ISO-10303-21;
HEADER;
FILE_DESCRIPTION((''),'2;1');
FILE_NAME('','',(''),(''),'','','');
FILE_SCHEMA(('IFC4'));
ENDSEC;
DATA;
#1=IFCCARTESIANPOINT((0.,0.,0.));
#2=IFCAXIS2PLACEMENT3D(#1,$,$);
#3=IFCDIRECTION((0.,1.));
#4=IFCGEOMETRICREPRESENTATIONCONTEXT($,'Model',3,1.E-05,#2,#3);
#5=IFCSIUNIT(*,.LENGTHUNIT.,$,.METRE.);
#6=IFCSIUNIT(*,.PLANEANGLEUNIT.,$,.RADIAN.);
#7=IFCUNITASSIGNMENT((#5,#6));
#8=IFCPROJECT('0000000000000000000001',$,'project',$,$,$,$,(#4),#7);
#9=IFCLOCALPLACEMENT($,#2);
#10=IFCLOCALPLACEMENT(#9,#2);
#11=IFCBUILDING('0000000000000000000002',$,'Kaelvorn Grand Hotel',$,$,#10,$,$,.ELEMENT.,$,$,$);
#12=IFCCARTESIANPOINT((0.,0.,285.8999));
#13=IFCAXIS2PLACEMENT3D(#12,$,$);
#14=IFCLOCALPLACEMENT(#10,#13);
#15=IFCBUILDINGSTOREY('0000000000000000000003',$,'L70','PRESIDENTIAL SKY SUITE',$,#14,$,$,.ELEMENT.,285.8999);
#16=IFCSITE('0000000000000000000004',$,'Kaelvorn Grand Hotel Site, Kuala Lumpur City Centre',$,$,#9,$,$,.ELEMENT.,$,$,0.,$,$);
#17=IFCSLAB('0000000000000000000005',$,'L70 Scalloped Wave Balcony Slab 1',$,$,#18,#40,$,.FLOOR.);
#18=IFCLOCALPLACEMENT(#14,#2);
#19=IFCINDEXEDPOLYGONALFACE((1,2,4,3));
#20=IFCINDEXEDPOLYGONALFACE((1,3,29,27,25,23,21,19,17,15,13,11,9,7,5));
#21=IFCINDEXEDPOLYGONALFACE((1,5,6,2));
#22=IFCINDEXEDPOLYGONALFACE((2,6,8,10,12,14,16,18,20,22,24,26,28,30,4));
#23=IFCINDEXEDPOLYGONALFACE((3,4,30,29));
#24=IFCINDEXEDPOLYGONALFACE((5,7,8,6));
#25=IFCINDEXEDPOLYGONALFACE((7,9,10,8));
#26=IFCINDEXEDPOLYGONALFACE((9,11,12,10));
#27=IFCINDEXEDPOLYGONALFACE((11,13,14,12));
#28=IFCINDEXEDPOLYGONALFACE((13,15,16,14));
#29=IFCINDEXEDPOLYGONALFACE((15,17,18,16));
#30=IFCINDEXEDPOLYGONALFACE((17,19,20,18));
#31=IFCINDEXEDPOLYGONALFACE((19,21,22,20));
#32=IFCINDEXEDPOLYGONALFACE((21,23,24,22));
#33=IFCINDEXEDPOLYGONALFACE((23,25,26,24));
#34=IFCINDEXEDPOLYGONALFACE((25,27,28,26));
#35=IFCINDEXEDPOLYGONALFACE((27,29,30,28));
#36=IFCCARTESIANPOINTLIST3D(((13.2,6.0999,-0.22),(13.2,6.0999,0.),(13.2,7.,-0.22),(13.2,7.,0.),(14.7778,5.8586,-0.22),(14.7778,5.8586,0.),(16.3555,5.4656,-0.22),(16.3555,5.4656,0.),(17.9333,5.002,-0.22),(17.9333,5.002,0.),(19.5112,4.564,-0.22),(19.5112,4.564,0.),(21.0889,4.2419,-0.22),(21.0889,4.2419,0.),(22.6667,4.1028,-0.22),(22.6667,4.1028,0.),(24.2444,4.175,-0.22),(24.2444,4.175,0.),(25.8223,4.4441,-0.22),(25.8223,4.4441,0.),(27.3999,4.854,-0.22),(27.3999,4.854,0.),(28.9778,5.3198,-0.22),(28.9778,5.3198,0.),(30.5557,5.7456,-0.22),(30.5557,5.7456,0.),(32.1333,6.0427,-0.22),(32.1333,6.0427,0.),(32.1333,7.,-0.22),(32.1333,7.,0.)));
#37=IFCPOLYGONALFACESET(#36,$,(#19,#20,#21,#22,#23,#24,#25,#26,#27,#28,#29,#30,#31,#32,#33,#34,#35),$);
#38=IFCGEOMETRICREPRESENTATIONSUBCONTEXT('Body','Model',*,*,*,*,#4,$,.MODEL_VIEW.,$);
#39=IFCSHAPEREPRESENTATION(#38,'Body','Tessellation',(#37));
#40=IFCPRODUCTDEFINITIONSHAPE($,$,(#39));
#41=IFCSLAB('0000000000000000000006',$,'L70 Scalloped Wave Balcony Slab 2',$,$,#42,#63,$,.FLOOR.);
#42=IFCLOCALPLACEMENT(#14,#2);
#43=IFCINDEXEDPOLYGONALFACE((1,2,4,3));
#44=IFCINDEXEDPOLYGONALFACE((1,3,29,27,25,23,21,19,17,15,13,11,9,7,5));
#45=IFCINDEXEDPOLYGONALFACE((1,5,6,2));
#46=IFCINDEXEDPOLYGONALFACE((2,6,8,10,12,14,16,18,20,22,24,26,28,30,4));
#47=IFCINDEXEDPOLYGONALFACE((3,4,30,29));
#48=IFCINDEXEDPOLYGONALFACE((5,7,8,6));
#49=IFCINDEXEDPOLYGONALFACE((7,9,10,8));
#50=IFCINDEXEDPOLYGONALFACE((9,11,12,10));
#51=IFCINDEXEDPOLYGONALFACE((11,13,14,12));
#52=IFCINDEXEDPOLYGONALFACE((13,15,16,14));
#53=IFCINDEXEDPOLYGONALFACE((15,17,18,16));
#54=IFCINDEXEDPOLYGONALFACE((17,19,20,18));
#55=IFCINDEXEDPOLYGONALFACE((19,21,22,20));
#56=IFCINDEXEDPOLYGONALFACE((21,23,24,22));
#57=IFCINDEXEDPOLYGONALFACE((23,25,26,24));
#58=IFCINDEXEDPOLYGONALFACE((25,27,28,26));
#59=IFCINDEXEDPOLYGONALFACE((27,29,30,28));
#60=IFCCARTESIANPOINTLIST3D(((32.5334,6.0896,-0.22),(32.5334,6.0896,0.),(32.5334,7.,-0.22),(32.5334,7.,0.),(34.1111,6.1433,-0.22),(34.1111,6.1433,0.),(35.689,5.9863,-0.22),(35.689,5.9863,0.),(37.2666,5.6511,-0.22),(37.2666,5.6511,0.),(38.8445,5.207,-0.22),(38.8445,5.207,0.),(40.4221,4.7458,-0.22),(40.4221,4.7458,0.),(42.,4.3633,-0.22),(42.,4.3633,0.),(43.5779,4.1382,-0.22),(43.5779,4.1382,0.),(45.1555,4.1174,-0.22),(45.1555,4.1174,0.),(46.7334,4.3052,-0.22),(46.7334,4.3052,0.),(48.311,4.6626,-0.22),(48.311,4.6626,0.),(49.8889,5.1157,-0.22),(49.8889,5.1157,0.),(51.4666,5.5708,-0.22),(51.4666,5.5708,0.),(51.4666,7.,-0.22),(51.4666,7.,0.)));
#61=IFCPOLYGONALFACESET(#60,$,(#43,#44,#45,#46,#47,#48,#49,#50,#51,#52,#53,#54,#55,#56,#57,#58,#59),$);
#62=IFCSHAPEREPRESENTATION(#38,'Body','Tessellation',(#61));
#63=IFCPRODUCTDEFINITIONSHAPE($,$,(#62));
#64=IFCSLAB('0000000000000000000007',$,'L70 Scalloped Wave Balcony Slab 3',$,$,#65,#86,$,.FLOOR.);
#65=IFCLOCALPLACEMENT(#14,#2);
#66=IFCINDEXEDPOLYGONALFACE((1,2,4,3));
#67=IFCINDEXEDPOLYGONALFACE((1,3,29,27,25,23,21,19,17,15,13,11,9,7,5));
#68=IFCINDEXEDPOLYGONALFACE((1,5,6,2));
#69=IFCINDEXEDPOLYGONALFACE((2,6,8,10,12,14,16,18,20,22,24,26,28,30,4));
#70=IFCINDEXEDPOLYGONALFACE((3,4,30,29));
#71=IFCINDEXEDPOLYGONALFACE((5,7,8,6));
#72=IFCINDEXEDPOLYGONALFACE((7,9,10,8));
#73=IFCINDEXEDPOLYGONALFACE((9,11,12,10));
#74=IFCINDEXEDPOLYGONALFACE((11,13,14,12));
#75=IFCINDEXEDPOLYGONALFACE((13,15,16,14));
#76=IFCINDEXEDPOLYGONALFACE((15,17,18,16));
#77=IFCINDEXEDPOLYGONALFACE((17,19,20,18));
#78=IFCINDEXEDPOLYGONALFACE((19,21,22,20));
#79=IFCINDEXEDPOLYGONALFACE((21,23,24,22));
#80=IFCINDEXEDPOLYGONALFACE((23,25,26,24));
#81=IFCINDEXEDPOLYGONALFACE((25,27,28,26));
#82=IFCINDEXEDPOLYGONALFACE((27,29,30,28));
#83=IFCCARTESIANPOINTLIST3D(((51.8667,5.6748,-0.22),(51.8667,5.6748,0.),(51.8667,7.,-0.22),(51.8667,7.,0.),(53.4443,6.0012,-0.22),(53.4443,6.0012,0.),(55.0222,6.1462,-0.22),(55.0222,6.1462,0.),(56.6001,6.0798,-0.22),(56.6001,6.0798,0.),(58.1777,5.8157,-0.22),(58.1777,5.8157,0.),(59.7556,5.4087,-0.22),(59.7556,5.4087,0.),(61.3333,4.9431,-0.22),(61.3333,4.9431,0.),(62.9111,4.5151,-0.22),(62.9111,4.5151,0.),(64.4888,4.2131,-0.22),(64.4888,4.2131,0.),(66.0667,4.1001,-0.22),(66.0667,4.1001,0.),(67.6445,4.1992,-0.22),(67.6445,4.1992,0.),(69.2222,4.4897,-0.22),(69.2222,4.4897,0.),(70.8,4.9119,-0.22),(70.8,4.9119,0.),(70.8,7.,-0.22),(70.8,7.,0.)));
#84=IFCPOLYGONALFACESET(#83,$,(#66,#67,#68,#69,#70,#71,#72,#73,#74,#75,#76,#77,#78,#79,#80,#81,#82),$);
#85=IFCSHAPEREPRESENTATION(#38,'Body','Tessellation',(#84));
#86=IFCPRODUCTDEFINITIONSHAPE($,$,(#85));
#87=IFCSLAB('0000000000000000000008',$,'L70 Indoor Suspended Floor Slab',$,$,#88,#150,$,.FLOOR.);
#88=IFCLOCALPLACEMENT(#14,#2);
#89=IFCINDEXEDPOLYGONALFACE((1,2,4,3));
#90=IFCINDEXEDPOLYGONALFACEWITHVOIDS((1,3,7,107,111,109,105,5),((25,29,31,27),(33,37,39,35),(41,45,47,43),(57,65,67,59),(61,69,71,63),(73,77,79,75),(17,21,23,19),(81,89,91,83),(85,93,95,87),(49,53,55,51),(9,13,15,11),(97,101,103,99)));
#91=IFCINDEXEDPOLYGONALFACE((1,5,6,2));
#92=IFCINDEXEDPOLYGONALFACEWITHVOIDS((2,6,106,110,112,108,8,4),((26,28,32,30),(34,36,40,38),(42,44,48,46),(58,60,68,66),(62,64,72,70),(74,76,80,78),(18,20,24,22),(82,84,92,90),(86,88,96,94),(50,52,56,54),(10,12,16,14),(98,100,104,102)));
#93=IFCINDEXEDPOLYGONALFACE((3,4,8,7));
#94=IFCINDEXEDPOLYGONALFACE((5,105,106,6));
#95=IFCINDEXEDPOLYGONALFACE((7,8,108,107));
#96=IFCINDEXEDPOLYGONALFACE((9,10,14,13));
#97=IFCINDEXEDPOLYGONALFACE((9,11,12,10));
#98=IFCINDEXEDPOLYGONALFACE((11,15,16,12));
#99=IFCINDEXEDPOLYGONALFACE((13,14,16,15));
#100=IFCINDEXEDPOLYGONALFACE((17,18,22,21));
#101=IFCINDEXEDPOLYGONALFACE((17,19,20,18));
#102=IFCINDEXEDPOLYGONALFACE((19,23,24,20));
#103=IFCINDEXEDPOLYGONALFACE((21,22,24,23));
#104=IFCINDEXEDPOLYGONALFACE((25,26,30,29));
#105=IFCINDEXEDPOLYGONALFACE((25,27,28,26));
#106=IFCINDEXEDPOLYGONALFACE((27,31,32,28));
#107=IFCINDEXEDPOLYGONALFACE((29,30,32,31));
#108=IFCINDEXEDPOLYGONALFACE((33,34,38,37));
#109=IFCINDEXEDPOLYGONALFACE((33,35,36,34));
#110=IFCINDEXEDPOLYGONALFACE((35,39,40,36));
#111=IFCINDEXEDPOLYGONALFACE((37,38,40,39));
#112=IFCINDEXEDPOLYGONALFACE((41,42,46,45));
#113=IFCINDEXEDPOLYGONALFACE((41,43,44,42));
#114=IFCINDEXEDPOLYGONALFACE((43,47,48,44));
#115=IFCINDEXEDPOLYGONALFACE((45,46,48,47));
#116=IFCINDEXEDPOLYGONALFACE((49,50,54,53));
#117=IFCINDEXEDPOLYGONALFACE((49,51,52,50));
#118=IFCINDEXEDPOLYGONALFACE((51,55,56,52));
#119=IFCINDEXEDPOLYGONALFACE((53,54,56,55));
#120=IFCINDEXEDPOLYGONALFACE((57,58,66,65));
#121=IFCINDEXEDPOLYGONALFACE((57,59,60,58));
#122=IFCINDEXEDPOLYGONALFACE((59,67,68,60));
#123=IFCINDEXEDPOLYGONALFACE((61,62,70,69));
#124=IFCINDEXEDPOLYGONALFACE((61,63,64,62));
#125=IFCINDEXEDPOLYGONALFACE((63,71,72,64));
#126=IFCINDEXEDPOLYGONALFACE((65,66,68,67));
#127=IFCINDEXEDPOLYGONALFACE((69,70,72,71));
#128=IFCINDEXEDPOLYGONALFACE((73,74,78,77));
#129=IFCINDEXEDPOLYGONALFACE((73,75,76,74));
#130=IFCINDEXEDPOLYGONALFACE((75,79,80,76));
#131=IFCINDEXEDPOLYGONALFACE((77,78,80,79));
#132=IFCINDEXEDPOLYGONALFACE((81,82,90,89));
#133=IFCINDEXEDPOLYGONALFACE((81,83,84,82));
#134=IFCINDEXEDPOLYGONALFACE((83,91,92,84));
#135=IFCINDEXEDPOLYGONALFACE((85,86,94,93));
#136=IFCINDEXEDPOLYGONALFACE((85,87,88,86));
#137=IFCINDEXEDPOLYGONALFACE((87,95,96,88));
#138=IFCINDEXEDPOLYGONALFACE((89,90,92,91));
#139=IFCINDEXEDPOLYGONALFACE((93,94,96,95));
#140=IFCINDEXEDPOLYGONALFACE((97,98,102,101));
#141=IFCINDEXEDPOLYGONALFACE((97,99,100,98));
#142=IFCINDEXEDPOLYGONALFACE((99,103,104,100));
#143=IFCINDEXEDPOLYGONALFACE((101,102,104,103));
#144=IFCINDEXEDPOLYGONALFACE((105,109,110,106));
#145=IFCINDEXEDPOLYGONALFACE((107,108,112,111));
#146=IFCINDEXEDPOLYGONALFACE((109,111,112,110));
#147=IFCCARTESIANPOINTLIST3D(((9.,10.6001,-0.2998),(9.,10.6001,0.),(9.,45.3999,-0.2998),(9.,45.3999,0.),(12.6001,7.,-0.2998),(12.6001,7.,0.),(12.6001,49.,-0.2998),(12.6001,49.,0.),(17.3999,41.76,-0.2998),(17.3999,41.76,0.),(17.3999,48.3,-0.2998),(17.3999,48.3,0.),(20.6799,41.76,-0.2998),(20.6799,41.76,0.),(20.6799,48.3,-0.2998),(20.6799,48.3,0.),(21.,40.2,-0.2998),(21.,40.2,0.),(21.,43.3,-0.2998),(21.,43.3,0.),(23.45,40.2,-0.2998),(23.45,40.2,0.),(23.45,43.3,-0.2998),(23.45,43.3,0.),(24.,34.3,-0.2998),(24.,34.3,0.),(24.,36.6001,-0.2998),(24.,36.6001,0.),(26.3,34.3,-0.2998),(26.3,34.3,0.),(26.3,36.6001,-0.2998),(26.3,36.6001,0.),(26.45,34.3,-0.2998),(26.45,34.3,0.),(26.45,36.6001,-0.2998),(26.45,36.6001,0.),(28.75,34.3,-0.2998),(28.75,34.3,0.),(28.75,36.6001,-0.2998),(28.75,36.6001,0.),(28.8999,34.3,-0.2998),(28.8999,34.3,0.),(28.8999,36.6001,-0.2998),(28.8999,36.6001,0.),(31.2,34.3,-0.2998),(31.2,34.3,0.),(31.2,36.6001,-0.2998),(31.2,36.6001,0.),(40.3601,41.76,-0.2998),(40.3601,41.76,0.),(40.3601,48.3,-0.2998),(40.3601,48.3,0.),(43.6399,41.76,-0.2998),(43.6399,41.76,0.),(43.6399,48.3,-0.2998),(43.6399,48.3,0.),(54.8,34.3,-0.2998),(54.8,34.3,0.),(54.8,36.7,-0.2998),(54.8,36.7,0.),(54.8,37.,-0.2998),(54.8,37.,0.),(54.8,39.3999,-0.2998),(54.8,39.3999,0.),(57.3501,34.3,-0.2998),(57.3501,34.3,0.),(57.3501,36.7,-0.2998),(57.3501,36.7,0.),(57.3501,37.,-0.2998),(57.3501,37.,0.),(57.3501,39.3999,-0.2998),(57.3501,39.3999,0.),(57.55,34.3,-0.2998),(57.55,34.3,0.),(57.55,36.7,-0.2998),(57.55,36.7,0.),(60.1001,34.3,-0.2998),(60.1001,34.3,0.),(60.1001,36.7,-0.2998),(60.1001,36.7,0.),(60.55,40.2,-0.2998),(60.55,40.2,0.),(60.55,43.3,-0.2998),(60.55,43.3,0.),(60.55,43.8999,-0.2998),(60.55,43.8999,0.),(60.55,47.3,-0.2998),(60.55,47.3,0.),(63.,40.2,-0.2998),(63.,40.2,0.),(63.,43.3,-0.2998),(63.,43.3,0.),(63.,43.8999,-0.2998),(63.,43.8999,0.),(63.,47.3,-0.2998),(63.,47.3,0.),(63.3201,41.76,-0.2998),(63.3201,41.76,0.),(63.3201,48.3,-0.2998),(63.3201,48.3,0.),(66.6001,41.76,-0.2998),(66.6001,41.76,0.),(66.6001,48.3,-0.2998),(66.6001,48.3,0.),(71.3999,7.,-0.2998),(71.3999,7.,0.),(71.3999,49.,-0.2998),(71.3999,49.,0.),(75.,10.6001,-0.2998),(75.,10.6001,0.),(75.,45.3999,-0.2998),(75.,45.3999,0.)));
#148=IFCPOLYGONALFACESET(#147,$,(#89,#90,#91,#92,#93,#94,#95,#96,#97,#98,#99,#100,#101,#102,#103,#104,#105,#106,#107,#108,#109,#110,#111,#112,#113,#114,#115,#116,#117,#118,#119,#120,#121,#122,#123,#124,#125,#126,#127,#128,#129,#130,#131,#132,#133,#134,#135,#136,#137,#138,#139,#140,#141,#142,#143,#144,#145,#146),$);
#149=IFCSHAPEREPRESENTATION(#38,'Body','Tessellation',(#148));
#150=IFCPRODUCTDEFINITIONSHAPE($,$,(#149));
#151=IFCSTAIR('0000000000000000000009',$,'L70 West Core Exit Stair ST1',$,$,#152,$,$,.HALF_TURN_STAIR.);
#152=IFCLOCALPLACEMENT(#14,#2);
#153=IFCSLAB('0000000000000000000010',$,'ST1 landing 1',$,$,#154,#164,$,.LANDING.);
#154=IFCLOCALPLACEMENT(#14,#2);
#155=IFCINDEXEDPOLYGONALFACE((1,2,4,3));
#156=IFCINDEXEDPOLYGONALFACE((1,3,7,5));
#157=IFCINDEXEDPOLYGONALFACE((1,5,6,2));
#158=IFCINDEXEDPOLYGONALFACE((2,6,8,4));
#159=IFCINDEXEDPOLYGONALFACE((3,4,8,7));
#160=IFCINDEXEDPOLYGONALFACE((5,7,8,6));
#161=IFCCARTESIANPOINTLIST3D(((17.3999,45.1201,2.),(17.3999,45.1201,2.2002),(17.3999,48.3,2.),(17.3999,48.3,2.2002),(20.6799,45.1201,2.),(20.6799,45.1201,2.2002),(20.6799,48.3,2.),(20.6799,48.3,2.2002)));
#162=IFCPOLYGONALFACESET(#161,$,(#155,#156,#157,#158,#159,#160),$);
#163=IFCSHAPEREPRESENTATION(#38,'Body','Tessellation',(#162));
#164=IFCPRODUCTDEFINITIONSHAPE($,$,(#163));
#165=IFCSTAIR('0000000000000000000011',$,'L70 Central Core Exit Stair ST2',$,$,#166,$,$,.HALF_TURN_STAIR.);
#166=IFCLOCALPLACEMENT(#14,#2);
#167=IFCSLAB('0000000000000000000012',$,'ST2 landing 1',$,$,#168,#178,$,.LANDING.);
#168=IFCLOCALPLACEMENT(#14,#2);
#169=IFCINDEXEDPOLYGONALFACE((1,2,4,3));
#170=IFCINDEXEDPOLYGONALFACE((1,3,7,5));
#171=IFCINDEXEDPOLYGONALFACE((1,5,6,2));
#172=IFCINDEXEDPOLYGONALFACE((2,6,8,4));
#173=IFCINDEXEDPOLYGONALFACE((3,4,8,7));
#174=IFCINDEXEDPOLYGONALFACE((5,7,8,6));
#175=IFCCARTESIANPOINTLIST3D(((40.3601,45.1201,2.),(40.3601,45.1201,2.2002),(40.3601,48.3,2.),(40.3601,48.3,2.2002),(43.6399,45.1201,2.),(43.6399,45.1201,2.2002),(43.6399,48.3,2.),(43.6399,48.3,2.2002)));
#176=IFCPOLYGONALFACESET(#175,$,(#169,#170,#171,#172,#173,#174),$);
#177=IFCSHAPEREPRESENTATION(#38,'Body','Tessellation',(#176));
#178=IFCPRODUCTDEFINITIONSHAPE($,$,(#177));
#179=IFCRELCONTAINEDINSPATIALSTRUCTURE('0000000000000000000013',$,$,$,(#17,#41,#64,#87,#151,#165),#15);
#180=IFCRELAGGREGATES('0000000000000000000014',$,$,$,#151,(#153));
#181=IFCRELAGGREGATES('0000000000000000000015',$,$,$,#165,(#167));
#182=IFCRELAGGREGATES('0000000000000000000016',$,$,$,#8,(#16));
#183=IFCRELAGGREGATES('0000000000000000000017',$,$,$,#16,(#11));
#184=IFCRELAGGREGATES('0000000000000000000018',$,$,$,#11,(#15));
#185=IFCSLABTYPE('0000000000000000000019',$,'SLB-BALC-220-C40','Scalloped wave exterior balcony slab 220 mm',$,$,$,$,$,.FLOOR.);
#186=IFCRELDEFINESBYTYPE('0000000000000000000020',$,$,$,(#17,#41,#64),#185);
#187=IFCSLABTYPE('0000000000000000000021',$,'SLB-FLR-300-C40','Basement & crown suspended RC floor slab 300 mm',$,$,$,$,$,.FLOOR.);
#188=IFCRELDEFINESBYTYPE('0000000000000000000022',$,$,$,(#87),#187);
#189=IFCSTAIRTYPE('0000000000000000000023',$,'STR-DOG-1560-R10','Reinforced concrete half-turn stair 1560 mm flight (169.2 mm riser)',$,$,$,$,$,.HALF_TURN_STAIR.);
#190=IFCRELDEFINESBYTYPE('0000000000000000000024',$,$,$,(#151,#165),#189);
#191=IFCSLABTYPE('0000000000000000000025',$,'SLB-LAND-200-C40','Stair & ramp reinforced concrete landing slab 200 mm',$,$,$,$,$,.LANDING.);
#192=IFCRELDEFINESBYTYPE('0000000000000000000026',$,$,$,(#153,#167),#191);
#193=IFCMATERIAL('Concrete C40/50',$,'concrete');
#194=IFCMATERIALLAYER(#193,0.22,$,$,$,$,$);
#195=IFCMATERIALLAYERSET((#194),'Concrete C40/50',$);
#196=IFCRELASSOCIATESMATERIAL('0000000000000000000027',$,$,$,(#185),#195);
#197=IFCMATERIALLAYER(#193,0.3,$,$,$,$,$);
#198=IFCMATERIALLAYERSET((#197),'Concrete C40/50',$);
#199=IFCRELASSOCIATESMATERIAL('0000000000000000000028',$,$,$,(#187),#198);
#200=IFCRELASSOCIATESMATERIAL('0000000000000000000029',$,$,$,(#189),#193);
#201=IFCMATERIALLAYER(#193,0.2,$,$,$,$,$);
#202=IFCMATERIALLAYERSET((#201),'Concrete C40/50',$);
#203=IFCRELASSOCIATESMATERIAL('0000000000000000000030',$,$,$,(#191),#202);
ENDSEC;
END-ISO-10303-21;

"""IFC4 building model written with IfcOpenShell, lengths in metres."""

from ifc_helpers import new_model, si_unit, direction, frame, origin, place, context, subcontext, project, spatial, polyline, outline, extrude, material, layer, layer_set, type_object, element, aggregate, save


model = new_model("IFC4")

# Units and contexts
model_context = context("Model", 3, precision=1e-05, world=origin(), true_north=direction((0.0, 1.0)))
body_context = subcontext(model_context, "Body", "Model", "MODEL_VIEW")
ifc_project = project(units=[si_unit("LENGTHUNIT", "METRE"), si_unit("PLANEANGLEUNIT", "RADIAN")], contexts=[model_context])

# Site, building, storey
site_placement = place(None, origin())
site = spatial("IfcSite", under=ifc_project, at=site_placement, Name="Kaelvorn Grand Hotel Site, Kuala Lumpur City Centre", CompositionType="ELEMENT", RefElevation=0.0)
building_placement = place(site_placement, origin())
building = spatial("IfcBuilding", under=site, at=building_placement, Name="Kaelvorn Grand Hotel", CompositionType="ELEMENT")
storey_placement = place(building_placement, frame((0.0, 0.0, 285.8999)))
storey = spatial("IfcBuildingStorey", under=building, at=storey_placement, Name="L70", Description="PRESIDENTIAL SKY SUITE", CompositionType="ELEMENT", Elevation=285.8999)

# Slabs
ifc_material_1 = material(Name="Concrete C40/50", Category="concrete")
ifc_layer_1 = layer(ifc_material_1, 0.22)
ifc_layer_set_1 = layer_set([ifc_layer_1], Name="Concrete C40/50")
slab_type_1 = type_object("IfcSlabType", Name="SLB-BALC-220-C40", Description="Scalloped wave exterior balcony slab 220 mm", PredefinedType="FLOOR", material=ifc_layer_set_1)
slab_1_placement = place(storey_placement, frame((0.0, 0.0, -0.22)))
element("IfcSlab", 1, at=slab_1_placement, inside=storey, type_object=slab_type_1, Name="L70 Scalloped Wave Balcony Slab 1", PredefinedType="FLOOR", context=body_context, shape_type="SweptSolid", body=[
    extrude(outline(polyline([(13.2, 6.0999), (14.7778, 5.8586), (16.3555, 5.4656), (17.9333, 5.002), (19.5112, 4.564), (21.0889, 4.2419), (22.6667, 4.1028), (24.2444, 4.175), (25.8223, 4.4441), (27.3999, 4.854), (28.9778, 5.3198), (30.5557, 5.7456), (32.1333, 6.0427), (32.1333, 7.0), (13.2, 7.0), (13.2, 6.0999)])), origin(), (0.0, 0.0, 1.0), 0.22),
])
slab_2_placement = place(storey_placement, frame((0.0, 0.0, -0.22)))
element("IfcSlab", 2, at=slab_2_placement, inside=storey, type_object=slab_type_1, Name="L70 Scalloped Wave Balcony Slab 2", PredefinedType="FLOOR", context=body_context, shape_type="SweptSolid", body=[
    extrude(outline(polyline([(32.5334, 6.0896), (34.1111, 6.1433), (35.689, 5.9863), (37.2666, 5.6511), (38.8445, 5.207), (40.4221, 4.7458), (42.0, 4.3633), (43.5779, 4.1382), (45.1555, 4.1174), (46.7334, 4.3052), (48.311, 4.6626), (49.8889, 5.1157), (51.4666, 5.5708), (51.4666, 7.0), (32.5334, 7.0), (32.5334, 6.0896)])), origin(), (0.0, 0.0, 1.0), 0.22),
])
slab_3_placement = place(storey_placement, frame((0.0, 0.0, -0.22)))
element("IfcSlab", 3, at=slab_3_placement, inside=storey, type_object=slab_type_1, Name="L70 Scalloped Wave Balcony Slab 3", PredefinedType="FLOOR", context=body_context, shape_type="SweptSolid", body=[
    extrude(outline(polyline([(51.8667, 5.6748), (53.4443, 6.0012), (55.0222, 6.1462), (56.6001, 6.0798), (58.1777, 5.8157), (59.7556, 5.4087), (61.3333, 4.9431), (62.9111, 4.5151), (64.4888, 4.2131), (66.0667, 4.1001), (67.6445, 4.1992), (69.2222, 4.4897), (70.8, 4.9119), (70.8, 7.0), (51.8667, 7.0), (51.8667, 5.6748)])), origin(), (0.0, 0.0, 1.0), 0.22),
])
ifc_layer_2 = layer(ifc_material_1, 0.3)
ifc_layer_set_2 = layer_set([ifc_layer_2], Name="Concrete C40/50")
slab_type_2 = type_object("IfcSlabType", Name="SLB-FLR-300-C40", Description="Basement & crown suspended RC floor slab 300 mm", PredefinedType="FLOOR", material=ifc_layer_set_2)
slab_4_placement = place(storey_placement, frame((0.0, 0.0, -0.2998)))
element("IfcSlab", 4, at=slab_4_placement, inside=storey, type_object=slab_type_2, Name="L70 Indoor Suspended Floor Slab", PredefinedType="FLOOR", context=body_context, shape_type="SweptSolid", body=[
    extrude(outline(polyline([(12.6001, 7.0), (71.3999, 7.0), (75.0, 10.6001), (75.0, 45.3999), (71.3999, 49.0), (12.6001, 49.0), (9.0, 45.3999), (9.0, 10.6001), (12.6001, 7.0)]), holes=[polyline([(17.3999, 41.76), (17.3999, 48.3), (20.6799, 48.3), (20.6799, 41.76), (17.3999, 41.76)]), polyline([(40.3601, 41.76), (40.3601, 48.3), (43.6399, 48.3), (43.6399, 41.76), (40.3601, 41.76)]), polyline([(63.3201, 41.76), (63.3201, 48.3), (66.6001, 48.3), (66.6001, 41.76), (63.3201, 41.76)]), polyline([(24.0, 34.3), (24.0, 36.6001), (26.3, 36.6001), (26.3, 34.3), (24.0, 34.3)]), polyline([(26.45, 34.3), (26.45, 36.6001), (28.75, 36.6001), (28.75, 34.3), (26.45, 34.3)]), polyline([(28.8999, 34.3), (28.8999, 36.6001), (31.2, 36.6001), (31.2, 34.3), (28.8999, 34.3)]), polyline([(54.8, 34.3), (54.8, 36.7), (57.3501, 36.7), (57.3501, 34.3), (54.8, 34.3)]), polyline([(57.55, 34.3), (57.55, 36.7), (60.1001, 36.7), (60.1001, 34.3), (57.55, 34.3)]), polyline([(54.8, 37.0), (54.8, 39.3999), (57.3501, 39.3999), (57.3501, 37.0), (54.8, 37.0)]), polyline([(21.0, 40.2), (21.0, 43.3), (23.45, 43.3), (23.45, 40.2), (21.0, 40.2)]), polyline([(60.55, 40.2), (60.55, 43.3), (63.0, 43.3), (63.0, 40.2), (60.55, 40.2)]), polyline([(60.55, 43.8999), (60.55, 47.3), (63.0, 47.3), (63.0, 43.8999), (60.55, 43.8999)])]), origin(), (0.0, 0.0, 1.0), 0.2998),
])

# Stairs, slabs
stair_type = type_object("IfcStairType", Name="STR-DOG-1560-R10", Description="Reinforced concrete half-turn stair 1560 mm flight (169.2 mm riser)", PredefinedType="HALF_TURN_STAIR", material=ifc_material_1)
stair_1_placement = place(storey_placement, origin())
stair_1 = element("IfcStair", 5, at=stair_1_placement, inside=storey, type_object=stair_type, Name="L70 West Core Exit Stair ST1", PredefinedType="HALF_TURN_STAIR")
ifc_layer_3 = layer(ifc_material_1, 0.2)
ifc_layer_set_3 = layer_set([ifc_layer_3], Name="Concrete C40/50")
slab_type_3 = type_object("IfcSlabType", Name="SLB-LAND-200-C40", Description="Stair & ramp reinforced concrete landing slab 200 mm", PredefinedType="LANDING", material=ifc_layer_set_3)
slab_5_placement = place(storey_placement, frame((0.0, 0.0, 2.0)))
slab_5 = element("IfcSlab", 6, at=slab_5_placement, type_object=slab_type_3, Name="ST1 landing 1", PredefinedType="LANDING", context=body_context, shape_type="SweptSolid", body=[
    extrude(outline(polyline([(20.6799, 45.1201), (20.6799, 48.3), (17.3999, 48.3), (17.3999, 45.1201), (20.6799, 45.1201)])), origin(), (0.0, 0.0, 1.0), 0.2002),
])
aggregate(stair_1, [slab_5])
stair_2_placement = place(storey_placement, origin())
stair_2 = element("IfcStair", 7, at=stair_2_placement, inside=storey, type_object=stair_type, Name="L70 Central Core Exit Stair ST2", PredefinedType="HALF_TURN_STAIR")
slab_6_placement = place(storey_placement, frame((0.0, 0.0, 2.0)))
slab_6 = element("IfcSlab", 8, at=slab_6_placement, type_object=slab_type_3, Name="ST2 landing 1", PredefinedType="LANDING", context=body_context, shape_type="SweptSolid", body=[
    extrude(outline(polyline([(43.6399, 45.1201), (43.6399, 48.3), (40.3601, 48.3), (40.3601, 45.1201), (43.6399, 45.1201)])), origin(), (0.0, 0.0, 1.0), 0.2002),
])
aggregate(stair_2, [slab_6])

save(model, "model.ifc")
